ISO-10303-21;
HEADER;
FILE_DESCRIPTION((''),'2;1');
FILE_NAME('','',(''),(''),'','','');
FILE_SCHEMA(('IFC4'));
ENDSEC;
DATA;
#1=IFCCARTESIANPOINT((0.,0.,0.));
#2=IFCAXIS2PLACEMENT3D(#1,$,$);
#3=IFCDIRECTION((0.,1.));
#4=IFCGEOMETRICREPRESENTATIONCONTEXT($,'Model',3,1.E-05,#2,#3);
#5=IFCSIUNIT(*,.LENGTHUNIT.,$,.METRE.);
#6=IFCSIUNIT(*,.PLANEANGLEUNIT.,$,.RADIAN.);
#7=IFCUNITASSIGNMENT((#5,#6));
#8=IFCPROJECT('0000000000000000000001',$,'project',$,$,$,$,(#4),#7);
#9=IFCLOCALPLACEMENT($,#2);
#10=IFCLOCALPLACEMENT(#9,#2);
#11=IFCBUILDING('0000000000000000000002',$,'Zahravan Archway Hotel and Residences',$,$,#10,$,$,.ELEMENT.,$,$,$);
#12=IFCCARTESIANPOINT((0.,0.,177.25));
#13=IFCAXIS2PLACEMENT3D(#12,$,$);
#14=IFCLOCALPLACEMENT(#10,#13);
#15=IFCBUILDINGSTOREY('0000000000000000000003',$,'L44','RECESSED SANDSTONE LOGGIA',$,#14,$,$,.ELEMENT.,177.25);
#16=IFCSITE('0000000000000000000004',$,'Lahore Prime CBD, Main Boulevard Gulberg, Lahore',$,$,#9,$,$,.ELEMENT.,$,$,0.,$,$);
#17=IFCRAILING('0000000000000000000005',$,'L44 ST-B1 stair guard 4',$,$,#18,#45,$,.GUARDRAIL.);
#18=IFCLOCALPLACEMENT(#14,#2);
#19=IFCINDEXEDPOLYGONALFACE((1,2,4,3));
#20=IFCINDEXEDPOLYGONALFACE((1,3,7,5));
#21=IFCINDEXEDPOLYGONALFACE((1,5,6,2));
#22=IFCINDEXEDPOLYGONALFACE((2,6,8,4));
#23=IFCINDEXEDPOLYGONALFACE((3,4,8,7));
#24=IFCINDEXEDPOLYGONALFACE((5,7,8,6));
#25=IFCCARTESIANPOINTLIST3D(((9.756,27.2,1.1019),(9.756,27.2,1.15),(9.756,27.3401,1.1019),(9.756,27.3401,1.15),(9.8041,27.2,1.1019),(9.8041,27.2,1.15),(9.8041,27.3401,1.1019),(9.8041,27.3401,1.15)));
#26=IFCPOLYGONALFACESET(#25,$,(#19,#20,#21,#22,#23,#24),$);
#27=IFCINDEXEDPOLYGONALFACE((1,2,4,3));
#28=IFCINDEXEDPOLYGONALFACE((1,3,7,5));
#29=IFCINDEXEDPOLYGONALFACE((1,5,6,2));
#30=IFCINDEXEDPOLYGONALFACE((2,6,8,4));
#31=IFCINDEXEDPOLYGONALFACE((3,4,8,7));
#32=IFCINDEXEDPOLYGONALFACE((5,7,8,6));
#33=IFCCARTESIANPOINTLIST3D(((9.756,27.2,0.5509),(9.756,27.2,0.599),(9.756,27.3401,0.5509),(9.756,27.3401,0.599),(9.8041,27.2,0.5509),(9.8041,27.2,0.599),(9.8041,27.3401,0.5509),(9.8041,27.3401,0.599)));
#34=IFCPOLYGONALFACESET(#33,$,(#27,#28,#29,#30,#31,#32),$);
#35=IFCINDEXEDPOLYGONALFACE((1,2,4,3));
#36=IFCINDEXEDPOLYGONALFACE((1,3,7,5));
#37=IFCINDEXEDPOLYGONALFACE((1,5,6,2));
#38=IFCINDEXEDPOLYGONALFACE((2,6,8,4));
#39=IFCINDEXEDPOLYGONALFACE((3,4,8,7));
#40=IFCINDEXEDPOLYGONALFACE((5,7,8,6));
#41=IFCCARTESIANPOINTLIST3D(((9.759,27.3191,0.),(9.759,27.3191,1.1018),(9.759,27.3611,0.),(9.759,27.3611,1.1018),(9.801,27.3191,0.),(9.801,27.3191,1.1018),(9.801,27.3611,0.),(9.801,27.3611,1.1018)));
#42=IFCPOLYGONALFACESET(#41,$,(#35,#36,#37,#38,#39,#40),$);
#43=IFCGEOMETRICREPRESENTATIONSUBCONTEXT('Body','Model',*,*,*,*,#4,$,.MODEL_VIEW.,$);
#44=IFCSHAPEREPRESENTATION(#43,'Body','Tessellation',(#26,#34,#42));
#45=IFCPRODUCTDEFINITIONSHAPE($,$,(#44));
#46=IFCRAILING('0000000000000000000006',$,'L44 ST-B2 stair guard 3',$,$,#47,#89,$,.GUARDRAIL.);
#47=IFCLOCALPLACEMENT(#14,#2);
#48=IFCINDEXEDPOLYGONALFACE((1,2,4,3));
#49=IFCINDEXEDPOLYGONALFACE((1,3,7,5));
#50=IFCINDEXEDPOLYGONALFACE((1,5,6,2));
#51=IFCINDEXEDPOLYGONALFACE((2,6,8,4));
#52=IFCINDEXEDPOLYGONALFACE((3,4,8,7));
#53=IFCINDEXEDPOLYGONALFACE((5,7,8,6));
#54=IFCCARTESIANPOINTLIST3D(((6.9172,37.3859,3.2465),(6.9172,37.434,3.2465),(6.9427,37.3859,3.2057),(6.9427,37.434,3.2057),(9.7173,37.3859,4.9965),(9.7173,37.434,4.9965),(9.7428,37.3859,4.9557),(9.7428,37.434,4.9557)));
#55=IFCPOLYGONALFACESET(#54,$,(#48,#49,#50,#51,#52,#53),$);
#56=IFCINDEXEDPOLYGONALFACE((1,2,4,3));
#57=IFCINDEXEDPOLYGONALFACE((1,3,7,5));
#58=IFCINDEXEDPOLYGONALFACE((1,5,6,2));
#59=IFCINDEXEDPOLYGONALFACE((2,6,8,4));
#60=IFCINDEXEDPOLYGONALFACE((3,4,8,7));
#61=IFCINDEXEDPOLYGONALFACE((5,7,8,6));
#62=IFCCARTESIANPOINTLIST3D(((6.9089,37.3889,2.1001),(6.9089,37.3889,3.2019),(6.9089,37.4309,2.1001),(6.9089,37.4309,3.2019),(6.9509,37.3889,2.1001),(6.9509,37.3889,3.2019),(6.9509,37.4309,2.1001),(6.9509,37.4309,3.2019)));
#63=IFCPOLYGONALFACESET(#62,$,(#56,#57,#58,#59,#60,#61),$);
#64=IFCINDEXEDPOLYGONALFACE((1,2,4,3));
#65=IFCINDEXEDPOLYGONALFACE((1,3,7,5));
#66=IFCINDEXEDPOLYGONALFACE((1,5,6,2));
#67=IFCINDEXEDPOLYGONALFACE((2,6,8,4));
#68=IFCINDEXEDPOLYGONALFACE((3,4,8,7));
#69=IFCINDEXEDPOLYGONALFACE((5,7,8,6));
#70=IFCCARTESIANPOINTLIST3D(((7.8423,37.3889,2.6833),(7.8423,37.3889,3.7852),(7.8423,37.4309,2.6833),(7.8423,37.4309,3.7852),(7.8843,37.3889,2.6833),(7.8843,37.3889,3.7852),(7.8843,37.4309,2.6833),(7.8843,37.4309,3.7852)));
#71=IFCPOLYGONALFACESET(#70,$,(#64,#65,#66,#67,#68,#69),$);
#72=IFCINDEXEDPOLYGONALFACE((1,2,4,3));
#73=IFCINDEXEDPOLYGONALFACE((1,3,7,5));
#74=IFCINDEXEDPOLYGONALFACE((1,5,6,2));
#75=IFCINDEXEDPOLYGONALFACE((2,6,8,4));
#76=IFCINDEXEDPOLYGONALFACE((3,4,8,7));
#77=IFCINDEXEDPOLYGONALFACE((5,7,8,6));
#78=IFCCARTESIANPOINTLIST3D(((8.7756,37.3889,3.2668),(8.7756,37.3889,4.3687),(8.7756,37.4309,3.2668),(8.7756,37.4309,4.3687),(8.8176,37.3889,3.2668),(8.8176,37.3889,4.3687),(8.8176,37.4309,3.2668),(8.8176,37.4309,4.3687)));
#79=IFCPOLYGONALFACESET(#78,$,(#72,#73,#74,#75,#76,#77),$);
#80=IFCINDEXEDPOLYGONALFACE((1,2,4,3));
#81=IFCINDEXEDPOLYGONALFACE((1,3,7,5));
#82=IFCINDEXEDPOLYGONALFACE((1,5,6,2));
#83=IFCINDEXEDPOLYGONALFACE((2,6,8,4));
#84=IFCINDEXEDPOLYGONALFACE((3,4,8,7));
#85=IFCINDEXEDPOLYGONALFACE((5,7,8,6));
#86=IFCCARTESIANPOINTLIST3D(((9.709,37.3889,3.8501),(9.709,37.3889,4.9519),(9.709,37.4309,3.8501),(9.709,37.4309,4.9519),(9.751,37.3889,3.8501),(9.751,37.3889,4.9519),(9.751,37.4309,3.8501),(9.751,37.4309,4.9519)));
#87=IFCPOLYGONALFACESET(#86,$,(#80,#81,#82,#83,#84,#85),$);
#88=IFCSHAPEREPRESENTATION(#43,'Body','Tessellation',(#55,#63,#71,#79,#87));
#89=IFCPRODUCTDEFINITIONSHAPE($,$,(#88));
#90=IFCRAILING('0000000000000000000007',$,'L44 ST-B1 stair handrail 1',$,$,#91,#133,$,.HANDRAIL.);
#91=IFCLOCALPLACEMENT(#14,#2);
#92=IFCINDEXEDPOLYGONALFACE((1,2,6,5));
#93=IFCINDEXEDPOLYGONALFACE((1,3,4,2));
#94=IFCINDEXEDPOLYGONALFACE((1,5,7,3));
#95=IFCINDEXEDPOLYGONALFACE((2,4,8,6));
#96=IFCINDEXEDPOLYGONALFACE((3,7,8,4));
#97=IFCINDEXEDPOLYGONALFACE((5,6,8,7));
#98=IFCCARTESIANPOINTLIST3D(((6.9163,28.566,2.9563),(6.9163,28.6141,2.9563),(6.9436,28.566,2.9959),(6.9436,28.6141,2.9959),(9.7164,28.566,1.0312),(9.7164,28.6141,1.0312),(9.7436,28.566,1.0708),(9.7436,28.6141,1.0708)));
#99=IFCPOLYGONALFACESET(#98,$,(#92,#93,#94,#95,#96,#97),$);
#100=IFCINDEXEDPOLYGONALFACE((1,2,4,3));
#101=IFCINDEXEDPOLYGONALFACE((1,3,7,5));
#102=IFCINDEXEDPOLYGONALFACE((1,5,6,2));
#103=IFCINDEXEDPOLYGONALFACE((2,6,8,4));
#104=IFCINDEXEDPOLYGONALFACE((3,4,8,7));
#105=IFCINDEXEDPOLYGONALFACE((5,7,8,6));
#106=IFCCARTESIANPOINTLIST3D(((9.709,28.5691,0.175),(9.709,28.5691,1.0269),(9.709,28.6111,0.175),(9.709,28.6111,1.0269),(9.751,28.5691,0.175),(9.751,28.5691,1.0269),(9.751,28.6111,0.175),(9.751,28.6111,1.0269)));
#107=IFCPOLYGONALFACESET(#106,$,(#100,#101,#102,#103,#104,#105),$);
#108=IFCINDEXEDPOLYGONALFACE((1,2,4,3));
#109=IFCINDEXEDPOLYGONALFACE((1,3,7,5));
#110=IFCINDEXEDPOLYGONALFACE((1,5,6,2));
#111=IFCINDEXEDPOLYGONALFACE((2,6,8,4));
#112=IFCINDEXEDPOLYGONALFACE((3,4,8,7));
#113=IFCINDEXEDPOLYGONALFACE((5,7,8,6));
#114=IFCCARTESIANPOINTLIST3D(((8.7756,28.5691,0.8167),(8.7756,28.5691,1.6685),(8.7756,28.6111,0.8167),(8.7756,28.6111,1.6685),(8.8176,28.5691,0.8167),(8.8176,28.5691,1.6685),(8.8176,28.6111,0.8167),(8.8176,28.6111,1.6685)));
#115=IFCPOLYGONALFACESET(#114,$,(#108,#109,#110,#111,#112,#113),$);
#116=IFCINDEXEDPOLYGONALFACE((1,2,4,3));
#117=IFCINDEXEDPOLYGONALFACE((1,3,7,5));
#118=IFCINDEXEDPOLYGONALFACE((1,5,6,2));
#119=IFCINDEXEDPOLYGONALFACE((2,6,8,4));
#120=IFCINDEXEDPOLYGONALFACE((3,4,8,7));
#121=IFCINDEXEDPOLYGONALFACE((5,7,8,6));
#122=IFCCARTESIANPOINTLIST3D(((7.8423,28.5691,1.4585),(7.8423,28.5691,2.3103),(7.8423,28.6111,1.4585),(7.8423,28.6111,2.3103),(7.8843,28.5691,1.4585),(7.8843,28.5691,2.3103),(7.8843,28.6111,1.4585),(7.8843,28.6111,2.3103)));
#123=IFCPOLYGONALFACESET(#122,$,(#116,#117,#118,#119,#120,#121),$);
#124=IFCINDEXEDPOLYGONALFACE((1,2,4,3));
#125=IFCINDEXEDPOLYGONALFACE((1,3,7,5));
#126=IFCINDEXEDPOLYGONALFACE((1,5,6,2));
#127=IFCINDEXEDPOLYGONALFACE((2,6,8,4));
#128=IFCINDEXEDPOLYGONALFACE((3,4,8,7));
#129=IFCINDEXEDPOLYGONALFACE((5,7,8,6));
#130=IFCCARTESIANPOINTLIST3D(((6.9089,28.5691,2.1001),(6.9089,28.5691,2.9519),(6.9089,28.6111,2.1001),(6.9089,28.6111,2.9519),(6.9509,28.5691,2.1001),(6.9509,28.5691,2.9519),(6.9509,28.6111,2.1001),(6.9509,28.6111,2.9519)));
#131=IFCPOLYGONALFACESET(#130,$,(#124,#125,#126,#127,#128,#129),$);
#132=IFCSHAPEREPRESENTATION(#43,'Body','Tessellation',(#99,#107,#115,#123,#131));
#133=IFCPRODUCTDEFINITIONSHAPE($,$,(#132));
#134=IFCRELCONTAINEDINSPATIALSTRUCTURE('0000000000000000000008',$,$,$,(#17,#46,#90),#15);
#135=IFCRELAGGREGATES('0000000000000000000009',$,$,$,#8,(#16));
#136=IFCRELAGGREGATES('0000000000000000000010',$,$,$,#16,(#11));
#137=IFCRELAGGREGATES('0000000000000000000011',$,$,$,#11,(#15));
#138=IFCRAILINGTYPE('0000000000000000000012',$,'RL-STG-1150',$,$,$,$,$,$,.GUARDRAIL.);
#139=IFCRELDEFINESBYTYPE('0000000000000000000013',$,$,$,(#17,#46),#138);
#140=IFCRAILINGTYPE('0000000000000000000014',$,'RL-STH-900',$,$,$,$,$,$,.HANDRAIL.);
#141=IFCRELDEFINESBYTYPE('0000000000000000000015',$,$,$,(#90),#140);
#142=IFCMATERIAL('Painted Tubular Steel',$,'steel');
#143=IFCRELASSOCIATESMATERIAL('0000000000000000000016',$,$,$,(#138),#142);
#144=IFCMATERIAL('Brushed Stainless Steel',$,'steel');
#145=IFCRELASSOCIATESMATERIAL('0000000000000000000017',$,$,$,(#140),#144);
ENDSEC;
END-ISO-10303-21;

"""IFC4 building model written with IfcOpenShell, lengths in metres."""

from ifc_helpers import new_model, si_unit, direction, frame, origin, origin_2d, place, context, subcontext, project, spatial, rectangle, extrude, material, type_object, element, save


model = new_model("IFC4")

# Units and contexts
model_context = context("Model", 3, precision=1e-05, world=origin(), true_north=direction((0.0, 1.0)))
body_context = subcontext(model_context, "Body", "Model", "MODEL_VIEW")
ifc_project = project(units=[si_unit("LENGTHUNIT", "METRE"), si_unit("PLANEANGLEUNIT", "RADIAN")], contexts=[model_context])

# Site, building, storey
site_placement = place(None, origin())
site = spatial("IfcSite", under=ifc_project, at=site_placement, Name="Lahore Prime CBD, Main Boulevard Gulberg, Lahore", CompositionType="ELEMENT", RefElevation=0.0)
building_placement = place(site_placement, origin())
building = spatial("IfcBuilding", under=site, at=building_placement, Name="Zahravan Archway Hotel and Residences", CompositionType="ELEMENT")
storey_placement = place(building_placement, frame((0.0, 0.0, 177.25)))
storey = spatial("IfcBuildingStorey", under=building, at=storey_placement, Name="L44", Description="RECESSED SANDSTONE LOGGIA", CompositionType="ELEMENT", Elevation=177.25)

# Shared definitions
ifc_material_1 = material(Name="Brushed Stainless Steel", Category="steel")

# Railings
ifc_material_2 = material(Name="Painted Tubular Steel", Category="steel")
railing_type_1 = type_object("IfcRailingType", Name="RL-STG-1150", PredefinedType="GUARDRAIL", material=ifc_material_2)
railing_1_placement = place(storey_placement, frame((9.78, 27.3401, 0.0)))
element("IfcRailing", 1, at=railing_1_placement, inside=storey, type_object=railing_type_1, Name="L44 ST-B1 stair guard 4", PredefinedType="GUARDRAIL", context=body_context, shape_type="SweptSolid", body=[
    extrude(rectangle(XDim=0.0481, YDim=0.0481, at=origin_2d()), frame((0.0, 0.0, 1.126), z_axis=(0.0, -1.0, 0.0), x_axis=(1.0, 0.0, 0.0)), (0.0, 0.0, 1.0), 0.1401),
    extrude(rectangle(XDim=0.0481, YDim=0.0481, at=origin_2d()), frame((0.0, 0.0, 0.575), z_axis=(0.0, -1.0, 0.0), x_axis=(1.0, 0.0, 0.0)), (0.0, 0.0, 1.0), 0.1401),
    extrude(rectangle(XDim=0.042, YDim=0.042, at=origin_2d()), origin(), (0.0, 0.0, 1.0), 1.1018),
])
railing_2_placement = place(storey_placement, frame((6.9299, 37.4099, 2.1001)))
element("IfcRailing", 2, at=railing_2_placement, inside=storey, type_object=railing_type_1, Name="L44 ST-B2 stair guard 3", PredefinedType="GUARDRAIL", context=body_context, shape_type="SweptSolid", body=[
    extrude(rectangle(XDim=0.0481, YDim=0.0481, at=origin_2d()), frame((0.0, 0.0, 1.126), z_axis=(0.848002, 0.0, 0.529992), x_axis=(0.0, 1.0, 0.0)), (0.0, 0.0, 1.0), 3.302),
    extrude(rectangle(XDim=0.042, YDim=0.042, at=origin_2d()), origin(), (0.0, 0.0, 1.0), 1.1018),
    extrude(rectangle(XDim=0.042, YDim=0.042, at=origin_2d()), frame((0.9333, 0.0, 0.5833)), (0.0, 0.0, 1.0), 1.1018),
    extrude(rectangle(XDim=0.042, YDim=0.042, at=origin_2d()), frame((1.8667, 0.0, 1.1667)), (0.0, 0.0, 1.0), 1.1018),
    extrude(rectangle(XDim=0.042, YDim=0.042, at=origin_2d()), frame((2.8, 0.0, 1.75)), (0.0, 0.0, 1.0), 1.1018),
])
railing_type_2 = type_object("IfcRailingType", Name="RL-STH-900", PredefinedType="HANDRAIL", material=ifc_material_1)
railing_3_placement = place(storey_placement, frame((9.73, 28.5901, 0.175)))
element("IfcRailing", 3, at=railing_3_placement, inside=storey, type_object=railing_type_2, Name="L44 ST-B1 stair handrail 1", PredefinedType="HANDRAIL", context=body_context, shape_type="SweptSolid", body=[
    extrude(rectangle(XDim=0.0481, YDim=0.0481, at=origin_2d()), frame((0.0, 0.0, 0.876), z_axis=(-0.82404, 0.0, 0.566532), x_axis=(0.0, -1.0, 0.0)), (0.0, 0.0, 1.0), 3.3979),
    extrude(rectangle(XDim=0.042, YDim=0.042, at=origin_2d()), origin(), (0.0, 0.0, 1.0), 0.8518),
    extrude(rectangle(XDim=0.042, YDim=0.042, at=origin_2d()), frame((-0.9333, 0.0, 0.6416)), (0.0, 0.0, 1.0), 0.8518),
    extrude(rectangle(XDim=0.042, YDim=0.042, at=origin_2d()), frame((-1.8667, 0.0, 1.2834)), (0.0, 0.0, 1.0), 0.8518),
    extrude(rectangle(XDim=0.042, YDim=0.042, at=origin_2d()), frame((-2.8, 0.0, 1.925)), (0.0, 0.0, 1.0), 0.8518),
])

save(model, "model.ifc")
